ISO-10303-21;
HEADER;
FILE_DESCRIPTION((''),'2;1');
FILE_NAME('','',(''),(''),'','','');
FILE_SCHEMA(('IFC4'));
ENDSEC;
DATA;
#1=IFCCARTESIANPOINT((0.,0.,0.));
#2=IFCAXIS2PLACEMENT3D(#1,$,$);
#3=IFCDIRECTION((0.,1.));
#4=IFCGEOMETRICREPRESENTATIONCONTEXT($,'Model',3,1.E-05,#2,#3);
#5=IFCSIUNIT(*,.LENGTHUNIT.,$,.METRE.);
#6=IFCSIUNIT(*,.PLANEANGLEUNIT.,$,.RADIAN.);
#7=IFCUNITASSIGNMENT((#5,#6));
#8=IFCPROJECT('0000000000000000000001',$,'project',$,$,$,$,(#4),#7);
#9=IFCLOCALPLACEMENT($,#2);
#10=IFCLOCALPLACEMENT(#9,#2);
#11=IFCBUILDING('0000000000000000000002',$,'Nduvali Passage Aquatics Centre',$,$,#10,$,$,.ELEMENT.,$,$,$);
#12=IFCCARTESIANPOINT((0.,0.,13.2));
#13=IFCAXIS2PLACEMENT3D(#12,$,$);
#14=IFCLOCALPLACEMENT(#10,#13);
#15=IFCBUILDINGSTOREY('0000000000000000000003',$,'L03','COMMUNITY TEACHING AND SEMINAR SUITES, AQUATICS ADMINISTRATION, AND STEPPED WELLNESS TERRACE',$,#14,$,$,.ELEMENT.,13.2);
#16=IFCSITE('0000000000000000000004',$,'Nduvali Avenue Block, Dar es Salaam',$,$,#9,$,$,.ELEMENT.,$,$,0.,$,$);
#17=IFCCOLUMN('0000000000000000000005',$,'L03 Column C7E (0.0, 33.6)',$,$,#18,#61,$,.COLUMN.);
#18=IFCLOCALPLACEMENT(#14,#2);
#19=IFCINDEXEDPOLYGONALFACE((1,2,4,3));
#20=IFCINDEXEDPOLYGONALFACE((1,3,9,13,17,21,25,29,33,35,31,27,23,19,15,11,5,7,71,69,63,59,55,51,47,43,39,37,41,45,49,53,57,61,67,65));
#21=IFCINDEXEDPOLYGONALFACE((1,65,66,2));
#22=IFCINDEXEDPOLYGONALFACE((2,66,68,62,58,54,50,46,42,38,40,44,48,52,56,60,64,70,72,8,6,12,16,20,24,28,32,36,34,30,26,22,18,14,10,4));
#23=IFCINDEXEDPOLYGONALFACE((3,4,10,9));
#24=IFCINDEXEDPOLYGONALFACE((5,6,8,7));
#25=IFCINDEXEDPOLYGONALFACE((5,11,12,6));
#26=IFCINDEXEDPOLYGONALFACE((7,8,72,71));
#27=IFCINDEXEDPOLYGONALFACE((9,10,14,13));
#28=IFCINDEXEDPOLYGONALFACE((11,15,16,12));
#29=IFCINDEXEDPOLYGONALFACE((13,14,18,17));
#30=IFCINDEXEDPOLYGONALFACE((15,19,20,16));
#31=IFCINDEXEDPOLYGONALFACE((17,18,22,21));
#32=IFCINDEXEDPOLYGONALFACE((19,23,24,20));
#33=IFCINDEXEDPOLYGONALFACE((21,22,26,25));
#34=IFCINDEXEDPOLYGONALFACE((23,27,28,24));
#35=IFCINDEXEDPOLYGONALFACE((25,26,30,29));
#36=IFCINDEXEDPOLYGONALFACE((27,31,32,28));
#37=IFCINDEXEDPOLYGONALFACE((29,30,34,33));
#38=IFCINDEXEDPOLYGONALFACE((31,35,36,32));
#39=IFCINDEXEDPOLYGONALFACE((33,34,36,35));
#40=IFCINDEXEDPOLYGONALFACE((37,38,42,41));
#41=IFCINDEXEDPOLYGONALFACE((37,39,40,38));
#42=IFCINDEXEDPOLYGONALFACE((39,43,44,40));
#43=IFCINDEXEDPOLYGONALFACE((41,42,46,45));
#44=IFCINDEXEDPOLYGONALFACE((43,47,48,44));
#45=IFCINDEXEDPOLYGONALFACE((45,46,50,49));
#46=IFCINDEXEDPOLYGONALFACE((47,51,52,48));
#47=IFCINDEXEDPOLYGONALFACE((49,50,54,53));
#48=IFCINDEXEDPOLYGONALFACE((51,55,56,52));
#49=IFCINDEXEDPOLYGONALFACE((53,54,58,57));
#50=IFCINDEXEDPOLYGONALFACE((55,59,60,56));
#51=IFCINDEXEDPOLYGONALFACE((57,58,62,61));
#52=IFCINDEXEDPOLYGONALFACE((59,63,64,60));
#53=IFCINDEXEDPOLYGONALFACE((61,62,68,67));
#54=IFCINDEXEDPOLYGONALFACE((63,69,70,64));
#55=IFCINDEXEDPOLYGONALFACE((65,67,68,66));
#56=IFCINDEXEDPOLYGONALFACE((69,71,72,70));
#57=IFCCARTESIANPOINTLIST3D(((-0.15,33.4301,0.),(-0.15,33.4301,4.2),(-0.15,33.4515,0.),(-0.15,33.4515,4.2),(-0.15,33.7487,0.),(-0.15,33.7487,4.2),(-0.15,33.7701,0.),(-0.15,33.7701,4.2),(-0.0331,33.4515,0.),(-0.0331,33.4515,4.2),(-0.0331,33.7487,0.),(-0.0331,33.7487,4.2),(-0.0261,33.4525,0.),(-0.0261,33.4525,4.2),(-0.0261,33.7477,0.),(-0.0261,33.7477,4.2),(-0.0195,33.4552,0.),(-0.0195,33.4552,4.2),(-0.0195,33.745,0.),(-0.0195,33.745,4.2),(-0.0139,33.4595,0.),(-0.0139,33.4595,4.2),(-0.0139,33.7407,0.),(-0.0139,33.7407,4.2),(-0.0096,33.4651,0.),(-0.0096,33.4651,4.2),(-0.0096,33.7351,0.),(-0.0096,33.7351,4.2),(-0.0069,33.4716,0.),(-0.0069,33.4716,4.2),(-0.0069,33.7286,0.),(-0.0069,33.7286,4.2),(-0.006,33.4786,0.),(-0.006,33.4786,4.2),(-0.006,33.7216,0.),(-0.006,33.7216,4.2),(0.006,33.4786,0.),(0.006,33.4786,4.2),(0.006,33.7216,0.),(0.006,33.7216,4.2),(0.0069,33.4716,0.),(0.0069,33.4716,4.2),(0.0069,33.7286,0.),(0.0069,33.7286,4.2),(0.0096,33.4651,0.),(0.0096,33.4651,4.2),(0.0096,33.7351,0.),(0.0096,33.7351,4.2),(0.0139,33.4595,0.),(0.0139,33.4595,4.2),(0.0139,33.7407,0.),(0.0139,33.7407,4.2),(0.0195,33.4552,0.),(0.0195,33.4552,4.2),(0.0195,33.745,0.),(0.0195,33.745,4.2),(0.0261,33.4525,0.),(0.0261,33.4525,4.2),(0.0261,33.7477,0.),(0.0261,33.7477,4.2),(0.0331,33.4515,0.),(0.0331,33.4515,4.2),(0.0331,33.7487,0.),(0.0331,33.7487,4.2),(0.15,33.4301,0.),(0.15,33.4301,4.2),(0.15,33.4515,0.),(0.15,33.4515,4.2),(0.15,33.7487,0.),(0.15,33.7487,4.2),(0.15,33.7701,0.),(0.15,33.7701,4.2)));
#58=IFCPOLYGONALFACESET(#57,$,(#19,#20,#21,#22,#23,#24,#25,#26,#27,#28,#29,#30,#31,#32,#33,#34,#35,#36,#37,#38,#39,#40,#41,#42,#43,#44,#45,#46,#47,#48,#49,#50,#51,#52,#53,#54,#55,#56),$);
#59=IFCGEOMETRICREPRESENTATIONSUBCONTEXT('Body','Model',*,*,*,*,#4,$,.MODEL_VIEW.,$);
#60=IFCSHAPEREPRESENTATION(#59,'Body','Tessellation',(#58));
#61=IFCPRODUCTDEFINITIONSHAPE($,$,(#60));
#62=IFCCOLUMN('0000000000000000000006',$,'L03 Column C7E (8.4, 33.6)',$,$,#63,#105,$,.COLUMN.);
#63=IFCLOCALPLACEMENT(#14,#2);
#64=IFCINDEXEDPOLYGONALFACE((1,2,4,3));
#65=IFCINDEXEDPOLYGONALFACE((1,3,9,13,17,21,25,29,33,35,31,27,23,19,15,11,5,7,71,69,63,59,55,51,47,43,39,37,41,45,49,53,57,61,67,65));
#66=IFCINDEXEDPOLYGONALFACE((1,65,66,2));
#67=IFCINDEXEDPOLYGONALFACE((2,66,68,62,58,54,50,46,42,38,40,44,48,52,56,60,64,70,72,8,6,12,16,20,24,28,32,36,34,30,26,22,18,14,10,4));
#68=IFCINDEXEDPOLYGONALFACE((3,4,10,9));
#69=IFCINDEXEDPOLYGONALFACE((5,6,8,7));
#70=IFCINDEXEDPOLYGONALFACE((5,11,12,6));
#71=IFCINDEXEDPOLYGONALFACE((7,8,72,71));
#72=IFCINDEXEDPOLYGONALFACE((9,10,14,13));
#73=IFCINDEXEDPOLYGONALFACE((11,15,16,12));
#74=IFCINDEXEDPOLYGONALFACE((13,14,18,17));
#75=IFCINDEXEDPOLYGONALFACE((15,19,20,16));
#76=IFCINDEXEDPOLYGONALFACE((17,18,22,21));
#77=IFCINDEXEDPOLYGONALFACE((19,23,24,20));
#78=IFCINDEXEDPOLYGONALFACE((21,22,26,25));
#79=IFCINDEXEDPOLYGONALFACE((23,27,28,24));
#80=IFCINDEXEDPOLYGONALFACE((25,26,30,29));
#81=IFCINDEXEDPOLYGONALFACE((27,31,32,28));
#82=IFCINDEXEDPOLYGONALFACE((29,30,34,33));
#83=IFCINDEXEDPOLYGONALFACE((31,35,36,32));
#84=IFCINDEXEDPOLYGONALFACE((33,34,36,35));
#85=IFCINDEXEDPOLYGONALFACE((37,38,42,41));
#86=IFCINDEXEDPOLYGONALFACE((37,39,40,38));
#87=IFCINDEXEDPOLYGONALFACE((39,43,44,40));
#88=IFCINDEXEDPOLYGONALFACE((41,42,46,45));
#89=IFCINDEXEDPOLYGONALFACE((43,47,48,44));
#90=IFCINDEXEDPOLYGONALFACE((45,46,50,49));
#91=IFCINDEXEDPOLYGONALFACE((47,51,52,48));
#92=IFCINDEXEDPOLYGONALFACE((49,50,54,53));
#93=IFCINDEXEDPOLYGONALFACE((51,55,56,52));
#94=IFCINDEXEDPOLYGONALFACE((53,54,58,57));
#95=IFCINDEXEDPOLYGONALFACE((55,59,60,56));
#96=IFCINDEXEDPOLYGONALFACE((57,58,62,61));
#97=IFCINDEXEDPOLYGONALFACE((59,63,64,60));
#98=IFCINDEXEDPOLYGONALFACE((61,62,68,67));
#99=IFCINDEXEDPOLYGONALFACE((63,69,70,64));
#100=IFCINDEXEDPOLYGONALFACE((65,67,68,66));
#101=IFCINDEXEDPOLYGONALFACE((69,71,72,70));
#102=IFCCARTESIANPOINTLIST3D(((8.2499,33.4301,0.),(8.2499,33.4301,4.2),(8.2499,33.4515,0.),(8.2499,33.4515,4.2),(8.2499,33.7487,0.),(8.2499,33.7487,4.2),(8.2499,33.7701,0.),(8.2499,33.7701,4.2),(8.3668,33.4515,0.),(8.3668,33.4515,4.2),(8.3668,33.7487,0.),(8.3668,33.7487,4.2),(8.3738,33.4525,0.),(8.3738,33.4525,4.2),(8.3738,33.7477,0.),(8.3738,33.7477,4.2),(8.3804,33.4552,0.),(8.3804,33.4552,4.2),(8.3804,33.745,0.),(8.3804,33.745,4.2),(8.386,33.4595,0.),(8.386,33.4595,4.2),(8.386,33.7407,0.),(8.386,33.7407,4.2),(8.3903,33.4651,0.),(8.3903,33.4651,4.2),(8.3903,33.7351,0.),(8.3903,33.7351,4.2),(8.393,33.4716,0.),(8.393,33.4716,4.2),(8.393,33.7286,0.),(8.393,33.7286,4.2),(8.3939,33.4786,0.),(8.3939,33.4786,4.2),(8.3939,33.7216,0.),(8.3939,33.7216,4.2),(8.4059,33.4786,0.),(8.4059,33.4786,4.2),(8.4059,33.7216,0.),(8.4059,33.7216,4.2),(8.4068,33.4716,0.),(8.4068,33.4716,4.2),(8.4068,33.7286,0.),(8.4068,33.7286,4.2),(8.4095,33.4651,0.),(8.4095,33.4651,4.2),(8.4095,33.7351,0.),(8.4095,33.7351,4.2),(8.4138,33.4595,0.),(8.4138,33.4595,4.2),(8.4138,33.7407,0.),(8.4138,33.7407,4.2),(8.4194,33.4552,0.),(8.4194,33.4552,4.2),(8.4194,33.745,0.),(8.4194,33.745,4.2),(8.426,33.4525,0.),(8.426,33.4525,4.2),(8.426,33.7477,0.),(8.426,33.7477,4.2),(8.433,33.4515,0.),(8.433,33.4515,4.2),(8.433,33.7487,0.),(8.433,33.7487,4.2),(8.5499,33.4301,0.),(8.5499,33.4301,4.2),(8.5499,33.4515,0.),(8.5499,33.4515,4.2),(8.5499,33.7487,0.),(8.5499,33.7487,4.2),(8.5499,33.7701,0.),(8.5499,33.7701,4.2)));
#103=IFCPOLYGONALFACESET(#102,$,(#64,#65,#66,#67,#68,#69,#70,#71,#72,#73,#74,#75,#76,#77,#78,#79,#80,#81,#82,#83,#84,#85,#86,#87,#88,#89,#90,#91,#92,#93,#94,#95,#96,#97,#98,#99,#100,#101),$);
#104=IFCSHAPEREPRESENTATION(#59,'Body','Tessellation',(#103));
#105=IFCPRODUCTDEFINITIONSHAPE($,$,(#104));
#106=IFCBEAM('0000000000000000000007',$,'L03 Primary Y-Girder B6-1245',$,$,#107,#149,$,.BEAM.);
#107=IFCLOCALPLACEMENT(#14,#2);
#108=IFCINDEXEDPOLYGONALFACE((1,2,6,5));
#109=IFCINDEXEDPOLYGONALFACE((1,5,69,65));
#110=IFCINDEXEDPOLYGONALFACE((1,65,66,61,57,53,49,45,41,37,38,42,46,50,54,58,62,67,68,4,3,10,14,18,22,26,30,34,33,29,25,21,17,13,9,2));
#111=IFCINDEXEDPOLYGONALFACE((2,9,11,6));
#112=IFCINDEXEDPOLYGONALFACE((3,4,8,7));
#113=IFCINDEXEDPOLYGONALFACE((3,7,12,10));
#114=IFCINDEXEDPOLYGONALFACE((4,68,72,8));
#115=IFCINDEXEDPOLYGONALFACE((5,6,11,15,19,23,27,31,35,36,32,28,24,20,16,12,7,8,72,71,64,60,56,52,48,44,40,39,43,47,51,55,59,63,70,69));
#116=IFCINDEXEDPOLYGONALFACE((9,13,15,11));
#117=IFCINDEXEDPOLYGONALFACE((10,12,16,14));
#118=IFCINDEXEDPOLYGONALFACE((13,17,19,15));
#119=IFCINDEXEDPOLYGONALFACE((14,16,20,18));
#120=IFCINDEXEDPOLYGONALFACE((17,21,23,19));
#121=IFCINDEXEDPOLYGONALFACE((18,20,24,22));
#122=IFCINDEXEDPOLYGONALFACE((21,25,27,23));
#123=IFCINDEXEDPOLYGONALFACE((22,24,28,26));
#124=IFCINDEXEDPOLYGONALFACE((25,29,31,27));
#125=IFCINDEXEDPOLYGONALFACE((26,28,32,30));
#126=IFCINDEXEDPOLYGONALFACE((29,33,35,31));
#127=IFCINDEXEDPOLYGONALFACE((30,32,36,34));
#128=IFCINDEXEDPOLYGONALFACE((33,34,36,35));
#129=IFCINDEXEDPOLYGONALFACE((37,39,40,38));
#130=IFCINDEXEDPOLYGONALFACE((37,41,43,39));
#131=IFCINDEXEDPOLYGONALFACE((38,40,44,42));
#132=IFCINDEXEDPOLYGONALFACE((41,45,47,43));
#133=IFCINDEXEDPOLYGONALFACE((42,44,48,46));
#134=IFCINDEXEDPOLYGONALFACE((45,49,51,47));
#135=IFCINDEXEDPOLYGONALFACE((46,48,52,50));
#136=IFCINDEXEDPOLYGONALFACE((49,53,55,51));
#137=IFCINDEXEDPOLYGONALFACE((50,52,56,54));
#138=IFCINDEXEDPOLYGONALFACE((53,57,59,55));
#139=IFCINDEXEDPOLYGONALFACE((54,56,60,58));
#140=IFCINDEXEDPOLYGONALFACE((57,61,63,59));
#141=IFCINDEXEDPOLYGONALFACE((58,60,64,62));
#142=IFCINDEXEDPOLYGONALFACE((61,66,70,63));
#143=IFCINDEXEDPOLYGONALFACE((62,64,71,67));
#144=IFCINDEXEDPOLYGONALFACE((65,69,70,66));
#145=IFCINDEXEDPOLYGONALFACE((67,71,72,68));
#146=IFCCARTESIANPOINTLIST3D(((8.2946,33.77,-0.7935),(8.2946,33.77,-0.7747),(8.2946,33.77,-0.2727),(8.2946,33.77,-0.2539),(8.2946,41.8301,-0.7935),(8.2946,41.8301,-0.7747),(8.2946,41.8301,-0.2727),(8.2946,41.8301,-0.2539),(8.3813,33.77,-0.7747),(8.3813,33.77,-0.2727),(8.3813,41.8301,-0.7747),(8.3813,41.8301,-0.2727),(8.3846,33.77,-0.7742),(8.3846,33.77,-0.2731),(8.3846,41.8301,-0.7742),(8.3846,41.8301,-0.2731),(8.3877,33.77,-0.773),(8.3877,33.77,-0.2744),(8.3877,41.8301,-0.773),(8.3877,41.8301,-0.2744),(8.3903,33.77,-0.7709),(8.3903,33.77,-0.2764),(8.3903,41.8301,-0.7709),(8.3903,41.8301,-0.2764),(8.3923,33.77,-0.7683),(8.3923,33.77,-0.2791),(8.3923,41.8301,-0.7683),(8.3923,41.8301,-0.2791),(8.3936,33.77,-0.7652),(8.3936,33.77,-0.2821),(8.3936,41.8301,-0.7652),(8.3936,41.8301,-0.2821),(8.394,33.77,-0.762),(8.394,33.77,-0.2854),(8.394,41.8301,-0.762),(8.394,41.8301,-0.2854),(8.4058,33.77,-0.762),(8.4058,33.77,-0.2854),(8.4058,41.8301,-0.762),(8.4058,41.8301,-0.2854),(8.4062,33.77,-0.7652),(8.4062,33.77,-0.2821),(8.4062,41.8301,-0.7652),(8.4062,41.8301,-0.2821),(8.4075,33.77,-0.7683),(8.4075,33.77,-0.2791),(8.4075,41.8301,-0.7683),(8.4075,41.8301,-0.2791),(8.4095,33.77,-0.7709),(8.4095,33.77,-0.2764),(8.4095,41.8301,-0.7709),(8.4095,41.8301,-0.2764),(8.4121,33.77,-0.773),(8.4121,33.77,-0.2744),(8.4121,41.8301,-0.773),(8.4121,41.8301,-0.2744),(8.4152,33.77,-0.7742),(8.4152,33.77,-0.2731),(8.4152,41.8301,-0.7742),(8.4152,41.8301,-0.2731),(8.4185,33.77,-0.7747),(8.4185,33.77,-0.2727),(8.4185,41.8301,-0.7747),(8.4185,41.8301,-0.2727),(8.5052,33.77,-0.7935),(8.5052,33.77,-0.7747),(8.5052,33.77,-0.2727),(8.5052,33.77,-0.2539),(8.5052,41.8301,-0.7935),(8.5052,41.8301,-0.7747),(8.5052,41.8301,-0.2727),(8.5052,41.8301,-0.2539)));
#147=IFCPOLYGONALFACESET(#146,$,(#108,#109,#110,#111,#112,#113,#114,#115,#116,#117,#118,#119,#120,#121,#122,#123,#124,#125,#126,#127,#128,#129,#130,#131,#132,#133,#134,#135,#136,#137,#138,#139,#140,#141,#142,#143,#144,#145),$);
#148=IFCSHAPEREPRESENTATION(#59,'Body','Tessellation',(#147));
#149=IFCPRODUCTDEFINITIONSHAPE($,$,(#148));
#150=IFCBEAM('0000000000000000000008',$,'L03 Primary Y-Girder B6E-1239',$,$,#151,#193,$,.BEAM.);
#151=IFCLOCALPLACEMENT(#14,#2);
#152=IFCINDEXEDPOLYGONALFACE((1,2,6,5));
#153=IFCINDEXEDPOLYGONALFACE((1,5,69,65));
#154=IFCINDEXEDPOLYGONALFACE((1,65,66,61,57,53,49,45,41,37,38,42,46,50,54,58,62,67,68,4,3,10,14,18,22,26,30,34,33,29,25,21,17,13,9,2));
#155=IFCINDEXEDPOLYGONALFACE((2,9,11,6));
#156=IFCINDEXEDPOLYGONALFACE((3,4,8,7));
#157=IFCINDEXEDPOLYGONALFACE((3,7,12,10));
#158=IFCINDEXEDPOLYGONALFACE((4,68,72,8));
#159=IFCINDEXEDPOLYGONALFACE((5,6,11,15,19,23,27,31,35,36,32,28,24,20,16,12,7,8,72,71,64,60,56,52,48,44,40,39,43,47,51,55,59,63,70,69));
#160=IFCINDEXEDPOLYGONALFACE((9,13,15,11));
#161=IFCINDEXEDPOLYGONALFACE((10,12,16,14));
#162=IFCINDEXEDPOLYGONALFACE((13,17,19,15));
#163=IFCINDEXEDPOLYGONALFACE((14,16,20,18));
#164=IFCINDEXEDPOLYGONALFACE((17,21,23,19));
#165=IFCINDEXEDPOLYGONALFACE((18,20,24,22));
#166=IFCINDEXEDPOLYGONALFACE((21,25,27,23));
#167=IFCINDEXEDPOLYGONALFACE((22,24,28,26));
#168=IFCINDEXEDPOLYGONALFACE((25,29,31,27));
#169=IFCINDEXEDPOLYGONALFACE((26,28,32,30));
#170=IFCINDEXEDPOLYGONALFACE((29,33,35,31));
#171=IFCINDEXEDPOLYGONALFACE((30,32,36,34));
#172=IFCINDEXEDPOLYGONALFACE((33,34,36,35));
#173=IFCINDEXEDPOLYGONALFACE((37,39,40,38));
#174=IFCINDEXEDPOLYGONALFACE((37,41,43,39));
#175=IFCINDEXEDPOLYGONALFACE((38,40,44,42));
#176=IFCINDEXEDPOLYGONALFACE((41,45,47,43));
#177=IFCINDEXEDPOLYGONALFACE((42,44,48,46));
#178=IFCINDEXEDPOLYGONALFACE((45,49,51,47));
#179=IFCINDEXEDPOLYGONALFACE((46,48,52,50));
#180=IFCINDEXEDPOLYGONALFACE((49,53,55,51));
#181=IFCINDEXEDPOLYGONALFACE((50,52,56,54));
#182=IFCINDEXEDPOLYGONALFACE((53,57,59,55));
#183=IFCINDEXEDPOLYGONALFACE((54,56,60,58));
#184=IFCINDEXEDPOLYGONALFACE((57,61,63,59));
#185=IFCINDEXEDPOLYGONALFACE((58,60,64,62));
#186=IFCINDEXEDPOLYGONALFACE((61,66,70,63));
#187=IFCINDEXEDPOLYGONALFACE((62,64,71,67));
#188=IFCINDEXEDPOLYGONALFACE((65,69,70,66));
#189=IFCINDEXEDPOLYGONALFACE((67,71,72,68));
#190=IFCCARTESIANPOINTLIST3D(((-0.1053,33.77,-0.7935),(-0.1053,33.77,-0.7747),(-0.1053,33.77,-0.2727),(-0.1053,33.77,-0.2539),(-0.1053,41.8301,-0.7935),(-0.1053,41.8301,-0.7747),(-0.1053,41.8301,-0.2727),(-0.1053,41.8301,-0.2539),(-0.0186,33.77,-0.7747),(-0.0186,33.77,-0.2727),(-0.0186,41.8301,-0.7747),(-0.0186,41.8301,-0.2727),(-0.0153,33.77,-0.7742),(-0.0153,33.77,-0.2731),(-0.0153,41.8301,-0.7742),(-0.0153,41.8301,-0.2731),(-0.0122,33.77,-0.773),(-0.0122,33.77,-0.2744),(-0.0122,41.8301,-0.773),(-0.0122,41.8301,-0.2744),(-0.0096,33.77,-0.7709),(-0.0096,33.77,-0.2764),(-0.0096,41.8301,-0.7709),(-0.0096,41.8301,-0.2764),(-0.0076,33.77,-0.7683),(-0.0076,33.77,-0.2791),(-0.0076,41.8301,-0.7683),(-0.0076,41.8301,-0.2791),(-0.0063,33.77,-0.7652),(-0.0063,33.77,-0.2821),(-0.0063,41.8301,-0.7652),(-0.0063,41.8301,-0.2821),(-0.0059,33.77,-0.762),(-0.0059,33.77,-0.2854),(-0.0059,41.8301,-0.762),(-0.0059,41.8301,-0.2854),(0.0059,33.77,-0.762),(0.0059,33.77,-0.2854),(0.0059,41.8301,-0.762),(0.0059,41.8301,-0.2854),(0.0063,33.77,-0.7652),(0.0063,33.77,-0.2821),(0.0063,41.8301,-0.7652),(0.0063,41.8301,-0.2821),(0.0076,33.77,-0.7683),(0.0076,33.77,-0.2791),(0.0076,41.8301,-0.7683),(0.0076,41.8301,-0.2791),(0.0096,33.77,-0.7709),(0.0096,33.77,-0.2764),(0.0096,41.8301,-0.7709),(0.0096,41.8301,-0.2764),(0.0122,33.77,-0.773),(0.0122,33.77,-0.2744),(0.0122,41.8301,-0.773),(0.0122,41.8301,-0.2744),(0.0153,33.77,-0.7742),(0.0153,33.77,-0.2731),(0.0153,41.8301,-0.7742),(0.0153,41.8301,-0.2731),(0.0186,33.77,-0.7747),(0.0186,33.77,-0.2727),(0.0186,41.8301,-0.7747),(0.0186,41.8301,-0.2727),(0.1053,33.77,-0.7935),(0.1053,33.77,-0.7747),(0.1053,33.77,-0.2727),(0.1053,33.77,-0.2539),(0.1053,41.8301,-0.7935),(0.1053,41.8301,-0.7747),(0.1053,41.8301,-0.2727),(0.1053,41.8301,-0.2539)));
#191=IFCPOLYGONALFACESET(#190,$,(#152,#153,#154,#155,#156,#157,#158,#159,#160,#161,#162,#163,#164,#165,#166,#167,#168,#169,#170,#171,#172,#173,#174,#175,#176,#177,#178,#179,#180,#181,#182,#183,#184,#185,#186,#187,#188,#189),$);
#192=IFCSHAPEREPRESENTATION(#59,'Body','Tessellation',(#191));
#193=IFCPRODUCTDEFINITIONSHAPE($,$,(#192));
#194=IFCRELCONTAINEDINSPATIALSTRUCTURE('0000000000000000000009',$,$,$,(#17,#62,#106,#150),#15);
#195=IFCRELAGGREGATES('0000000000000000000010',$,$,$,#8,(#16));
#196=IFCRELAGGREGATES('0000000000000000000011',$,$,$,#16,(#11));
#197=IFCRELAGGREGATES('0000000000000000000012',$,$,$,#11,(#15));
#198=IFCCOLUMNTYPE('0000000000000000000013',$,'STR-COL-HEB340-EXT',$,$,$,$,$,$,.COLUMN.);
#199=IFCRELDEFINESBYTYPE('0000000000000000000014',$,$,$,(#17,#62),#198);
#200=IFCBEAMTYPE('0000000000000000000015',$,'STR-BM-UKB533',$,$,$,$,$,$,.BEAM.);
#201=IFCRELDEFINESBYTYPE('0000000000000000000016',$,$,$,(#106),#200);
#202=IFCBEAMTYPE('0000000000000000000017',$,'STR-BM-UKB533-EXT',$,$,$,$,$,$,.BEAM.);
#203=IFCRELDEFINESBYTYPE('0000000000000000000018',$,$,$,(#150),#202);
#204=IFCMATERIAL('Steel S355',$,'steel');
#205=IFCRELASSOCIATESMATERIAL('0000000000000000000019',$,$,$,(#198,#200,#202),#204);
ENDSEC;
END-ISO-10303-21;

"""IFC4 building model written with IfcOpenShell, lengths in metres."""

from ifc_helpers import new_model, si_unit, direction, frame, origin, origin_2d, place, context, subcontext, project, spatial, i_section, extrude, material, material_profile, profile_set, type_object, element, save


model = new_model("IFC4")

# Units and contexts
model_context = context("Model", 3, precision=1e-05, world=origin(), true_north=direction((0.0, 1.0)))
body_context = subcontext(model_context, "Body", "Model", "MODEL_VIEW")
ifc_project = project(units=[si_unit("LENGTHUNIT", "METRE"), si_unit("PLANEANGLEUNIT", "RADIAN")], contexts=[model_context])

# Site, building, storey
site_placement = place(None, origin())
site = spatial("IfcSite", under=ifc_project, at=site_placement, Name="Nduvali Avenue Block, Dar es Salaam", CompositionType="ELEMENT", RefElevation=0.0)
building_placement = place(site_placement, origin())
building = spatial("IfcBuilding", under=site, at=building_placement, Name="Nduvali Passage Aquatics Centre", CompositionType="ELEMENT")
storey_placement = place(building_placement, frame((0.0, 0.0, 13.2)))
storey = spatial("IfcBuildingStorey", under=building, at=storey_placement, Name="L03", Description="COMMUNITY TEACHING AND SEMINAR SUITES, AQUATICS ADMINISTRATION, AND STEPPED WELLNESS TERRACE", CompositionType="ELEMENT", Elevation=13.2)

# Columns
ifc_material_1 = material(Name="Steel S355", Category="steel")
ifc_material_profile_1 = material_profile(ifc_material_1, i_section(OverallWidth=0.3, OverallDepth=0.3401, WebThickness=0.012, FlangeThickness=0.0215, FilletRadius=0.0271, at=origin_2d()), Name="HEB 340")
ifc_profile_set_1 = profile_set([ifc_material_profile_1], Name="Steel S355")
column_type = type_object("IfcColumnType", Name="STR-COL-HEB340-EXT", PredefinedType="COLUMN", material=ifc_profile_set_1)
for number, where, z_axis, x_axis, name in (
    (1, (0.0, 33.6001, 0.0), (0.0, 0.0, 1.0), (1.0, 0.0, 0.0), "L03 Column C7E (0.0, 33.6)"),
    (2, (8.3999, 33.6001, 0.0), (0.0, 0.0, 1.0), (1.0, 0.0, 0.0), "L03 Column C7E (8.4, 33.6)"),
):
    element("IfcColumn", number, at=place(storey_placement, frame(where, z_axis=z_axis, x_axis=x_axis)), inside=storey, type_object=column_type, Name=name, PredefinedType="COLUMN", context=body_context, shape_type="SweptSolid", body=[
        extrude(i_section(OverallWidth=0.3, OverallDepth=0.3401, WebThickness=0.012, FlangeThickness=0.0215, FilletRadius=0.0271, at=origin_2d()), origin(), (0.0, 0.0, 1.0), 4.2),
    ])

# Beams
ifc_material_profile_2 = material_profile(ifc_material_1, i_section(OverallWidth=0.2107, OverallDepth=0.5396, WebThickness=0.0117, FlangeThickness=0.0188, FilletRadius=0.0127, at=origin_2d()), Name="UKB 533x210x109")
ifc_profile_set_2 = profile_set([ifc_material_profile_2], Name="Steel S355")
beam_type_1 = type_object("IfcBeamType", Name="STR-BM-UKB533", PredefinedType="BEAM", material=ifc_profile_set_2)
beam_1_placement = place(storey_placement, frame((8.3999, 33.77, -0.5237), z_axis=(0.0, 1.0, 0.0), x_axis=(-1.0, 0.0, 0.0)))
element("IfcBeam", 3, at=beam_1_placement, inside=storey, type_object=beam_type_1, Name="L03 Primary Y-Girder B6-1245", PredefinedType="BEAM", context=body_context, shape_type="SweptSolid", body=[
    extrude(i_section(OverallWidth=0.2107, OverallDepth=0.5396, WebThickness=0.0117, FlangeThickness=0.0188, FilletRadius=0.0127, at=origin_2d()), origin(), (0.0, 0.0, 1.0), 8.0601),
])
ifc_material_profile_3 = material_profile(ifc_material_1, i_section(OverallWidth=0.2107, OverallDepth=0.5396, WebThickness=0.0117, FlangeThickness=0.0188, FilletRadius=0.0127, at=origin_2d()), Name="UKB 533x210x109")
ifc_profile_set_3 = profile_set([ifc_material_profile_3], Name="Steel S355")
beam_type_2 = type_object("IfcBeamType", Name="STR-BM-UKB533-EXT", PredefinedType="BEAM", material=ifc_profile_set_3)
beam_2_placement = place(storey_placement, frame((0.0, 33.77, -0.5237), z_axis=(0.0, 1.0, 0.0), x_axis=(-1.0, 0.0, 0.0)))
element("IfcBeam", 4, at=beam_2_placement, inside=storey, type_object=beam_type_2, Name="L03 Primary Y-Girder B6E-1239", PredefinedType="BEAM", context=body_context, shape_type="SweptSolid", body=[
    extrude(i_section(OverallWidth=0.2107, OverallDepth=0.5396, WebThickness=0.0117, FlangeThickness=0.0188, FilletRadius=0.0127, at=origin_2d()), origin(), (0.0, 0.0, 1.0), 8.0601),
])

save(model, "model.ifc")
